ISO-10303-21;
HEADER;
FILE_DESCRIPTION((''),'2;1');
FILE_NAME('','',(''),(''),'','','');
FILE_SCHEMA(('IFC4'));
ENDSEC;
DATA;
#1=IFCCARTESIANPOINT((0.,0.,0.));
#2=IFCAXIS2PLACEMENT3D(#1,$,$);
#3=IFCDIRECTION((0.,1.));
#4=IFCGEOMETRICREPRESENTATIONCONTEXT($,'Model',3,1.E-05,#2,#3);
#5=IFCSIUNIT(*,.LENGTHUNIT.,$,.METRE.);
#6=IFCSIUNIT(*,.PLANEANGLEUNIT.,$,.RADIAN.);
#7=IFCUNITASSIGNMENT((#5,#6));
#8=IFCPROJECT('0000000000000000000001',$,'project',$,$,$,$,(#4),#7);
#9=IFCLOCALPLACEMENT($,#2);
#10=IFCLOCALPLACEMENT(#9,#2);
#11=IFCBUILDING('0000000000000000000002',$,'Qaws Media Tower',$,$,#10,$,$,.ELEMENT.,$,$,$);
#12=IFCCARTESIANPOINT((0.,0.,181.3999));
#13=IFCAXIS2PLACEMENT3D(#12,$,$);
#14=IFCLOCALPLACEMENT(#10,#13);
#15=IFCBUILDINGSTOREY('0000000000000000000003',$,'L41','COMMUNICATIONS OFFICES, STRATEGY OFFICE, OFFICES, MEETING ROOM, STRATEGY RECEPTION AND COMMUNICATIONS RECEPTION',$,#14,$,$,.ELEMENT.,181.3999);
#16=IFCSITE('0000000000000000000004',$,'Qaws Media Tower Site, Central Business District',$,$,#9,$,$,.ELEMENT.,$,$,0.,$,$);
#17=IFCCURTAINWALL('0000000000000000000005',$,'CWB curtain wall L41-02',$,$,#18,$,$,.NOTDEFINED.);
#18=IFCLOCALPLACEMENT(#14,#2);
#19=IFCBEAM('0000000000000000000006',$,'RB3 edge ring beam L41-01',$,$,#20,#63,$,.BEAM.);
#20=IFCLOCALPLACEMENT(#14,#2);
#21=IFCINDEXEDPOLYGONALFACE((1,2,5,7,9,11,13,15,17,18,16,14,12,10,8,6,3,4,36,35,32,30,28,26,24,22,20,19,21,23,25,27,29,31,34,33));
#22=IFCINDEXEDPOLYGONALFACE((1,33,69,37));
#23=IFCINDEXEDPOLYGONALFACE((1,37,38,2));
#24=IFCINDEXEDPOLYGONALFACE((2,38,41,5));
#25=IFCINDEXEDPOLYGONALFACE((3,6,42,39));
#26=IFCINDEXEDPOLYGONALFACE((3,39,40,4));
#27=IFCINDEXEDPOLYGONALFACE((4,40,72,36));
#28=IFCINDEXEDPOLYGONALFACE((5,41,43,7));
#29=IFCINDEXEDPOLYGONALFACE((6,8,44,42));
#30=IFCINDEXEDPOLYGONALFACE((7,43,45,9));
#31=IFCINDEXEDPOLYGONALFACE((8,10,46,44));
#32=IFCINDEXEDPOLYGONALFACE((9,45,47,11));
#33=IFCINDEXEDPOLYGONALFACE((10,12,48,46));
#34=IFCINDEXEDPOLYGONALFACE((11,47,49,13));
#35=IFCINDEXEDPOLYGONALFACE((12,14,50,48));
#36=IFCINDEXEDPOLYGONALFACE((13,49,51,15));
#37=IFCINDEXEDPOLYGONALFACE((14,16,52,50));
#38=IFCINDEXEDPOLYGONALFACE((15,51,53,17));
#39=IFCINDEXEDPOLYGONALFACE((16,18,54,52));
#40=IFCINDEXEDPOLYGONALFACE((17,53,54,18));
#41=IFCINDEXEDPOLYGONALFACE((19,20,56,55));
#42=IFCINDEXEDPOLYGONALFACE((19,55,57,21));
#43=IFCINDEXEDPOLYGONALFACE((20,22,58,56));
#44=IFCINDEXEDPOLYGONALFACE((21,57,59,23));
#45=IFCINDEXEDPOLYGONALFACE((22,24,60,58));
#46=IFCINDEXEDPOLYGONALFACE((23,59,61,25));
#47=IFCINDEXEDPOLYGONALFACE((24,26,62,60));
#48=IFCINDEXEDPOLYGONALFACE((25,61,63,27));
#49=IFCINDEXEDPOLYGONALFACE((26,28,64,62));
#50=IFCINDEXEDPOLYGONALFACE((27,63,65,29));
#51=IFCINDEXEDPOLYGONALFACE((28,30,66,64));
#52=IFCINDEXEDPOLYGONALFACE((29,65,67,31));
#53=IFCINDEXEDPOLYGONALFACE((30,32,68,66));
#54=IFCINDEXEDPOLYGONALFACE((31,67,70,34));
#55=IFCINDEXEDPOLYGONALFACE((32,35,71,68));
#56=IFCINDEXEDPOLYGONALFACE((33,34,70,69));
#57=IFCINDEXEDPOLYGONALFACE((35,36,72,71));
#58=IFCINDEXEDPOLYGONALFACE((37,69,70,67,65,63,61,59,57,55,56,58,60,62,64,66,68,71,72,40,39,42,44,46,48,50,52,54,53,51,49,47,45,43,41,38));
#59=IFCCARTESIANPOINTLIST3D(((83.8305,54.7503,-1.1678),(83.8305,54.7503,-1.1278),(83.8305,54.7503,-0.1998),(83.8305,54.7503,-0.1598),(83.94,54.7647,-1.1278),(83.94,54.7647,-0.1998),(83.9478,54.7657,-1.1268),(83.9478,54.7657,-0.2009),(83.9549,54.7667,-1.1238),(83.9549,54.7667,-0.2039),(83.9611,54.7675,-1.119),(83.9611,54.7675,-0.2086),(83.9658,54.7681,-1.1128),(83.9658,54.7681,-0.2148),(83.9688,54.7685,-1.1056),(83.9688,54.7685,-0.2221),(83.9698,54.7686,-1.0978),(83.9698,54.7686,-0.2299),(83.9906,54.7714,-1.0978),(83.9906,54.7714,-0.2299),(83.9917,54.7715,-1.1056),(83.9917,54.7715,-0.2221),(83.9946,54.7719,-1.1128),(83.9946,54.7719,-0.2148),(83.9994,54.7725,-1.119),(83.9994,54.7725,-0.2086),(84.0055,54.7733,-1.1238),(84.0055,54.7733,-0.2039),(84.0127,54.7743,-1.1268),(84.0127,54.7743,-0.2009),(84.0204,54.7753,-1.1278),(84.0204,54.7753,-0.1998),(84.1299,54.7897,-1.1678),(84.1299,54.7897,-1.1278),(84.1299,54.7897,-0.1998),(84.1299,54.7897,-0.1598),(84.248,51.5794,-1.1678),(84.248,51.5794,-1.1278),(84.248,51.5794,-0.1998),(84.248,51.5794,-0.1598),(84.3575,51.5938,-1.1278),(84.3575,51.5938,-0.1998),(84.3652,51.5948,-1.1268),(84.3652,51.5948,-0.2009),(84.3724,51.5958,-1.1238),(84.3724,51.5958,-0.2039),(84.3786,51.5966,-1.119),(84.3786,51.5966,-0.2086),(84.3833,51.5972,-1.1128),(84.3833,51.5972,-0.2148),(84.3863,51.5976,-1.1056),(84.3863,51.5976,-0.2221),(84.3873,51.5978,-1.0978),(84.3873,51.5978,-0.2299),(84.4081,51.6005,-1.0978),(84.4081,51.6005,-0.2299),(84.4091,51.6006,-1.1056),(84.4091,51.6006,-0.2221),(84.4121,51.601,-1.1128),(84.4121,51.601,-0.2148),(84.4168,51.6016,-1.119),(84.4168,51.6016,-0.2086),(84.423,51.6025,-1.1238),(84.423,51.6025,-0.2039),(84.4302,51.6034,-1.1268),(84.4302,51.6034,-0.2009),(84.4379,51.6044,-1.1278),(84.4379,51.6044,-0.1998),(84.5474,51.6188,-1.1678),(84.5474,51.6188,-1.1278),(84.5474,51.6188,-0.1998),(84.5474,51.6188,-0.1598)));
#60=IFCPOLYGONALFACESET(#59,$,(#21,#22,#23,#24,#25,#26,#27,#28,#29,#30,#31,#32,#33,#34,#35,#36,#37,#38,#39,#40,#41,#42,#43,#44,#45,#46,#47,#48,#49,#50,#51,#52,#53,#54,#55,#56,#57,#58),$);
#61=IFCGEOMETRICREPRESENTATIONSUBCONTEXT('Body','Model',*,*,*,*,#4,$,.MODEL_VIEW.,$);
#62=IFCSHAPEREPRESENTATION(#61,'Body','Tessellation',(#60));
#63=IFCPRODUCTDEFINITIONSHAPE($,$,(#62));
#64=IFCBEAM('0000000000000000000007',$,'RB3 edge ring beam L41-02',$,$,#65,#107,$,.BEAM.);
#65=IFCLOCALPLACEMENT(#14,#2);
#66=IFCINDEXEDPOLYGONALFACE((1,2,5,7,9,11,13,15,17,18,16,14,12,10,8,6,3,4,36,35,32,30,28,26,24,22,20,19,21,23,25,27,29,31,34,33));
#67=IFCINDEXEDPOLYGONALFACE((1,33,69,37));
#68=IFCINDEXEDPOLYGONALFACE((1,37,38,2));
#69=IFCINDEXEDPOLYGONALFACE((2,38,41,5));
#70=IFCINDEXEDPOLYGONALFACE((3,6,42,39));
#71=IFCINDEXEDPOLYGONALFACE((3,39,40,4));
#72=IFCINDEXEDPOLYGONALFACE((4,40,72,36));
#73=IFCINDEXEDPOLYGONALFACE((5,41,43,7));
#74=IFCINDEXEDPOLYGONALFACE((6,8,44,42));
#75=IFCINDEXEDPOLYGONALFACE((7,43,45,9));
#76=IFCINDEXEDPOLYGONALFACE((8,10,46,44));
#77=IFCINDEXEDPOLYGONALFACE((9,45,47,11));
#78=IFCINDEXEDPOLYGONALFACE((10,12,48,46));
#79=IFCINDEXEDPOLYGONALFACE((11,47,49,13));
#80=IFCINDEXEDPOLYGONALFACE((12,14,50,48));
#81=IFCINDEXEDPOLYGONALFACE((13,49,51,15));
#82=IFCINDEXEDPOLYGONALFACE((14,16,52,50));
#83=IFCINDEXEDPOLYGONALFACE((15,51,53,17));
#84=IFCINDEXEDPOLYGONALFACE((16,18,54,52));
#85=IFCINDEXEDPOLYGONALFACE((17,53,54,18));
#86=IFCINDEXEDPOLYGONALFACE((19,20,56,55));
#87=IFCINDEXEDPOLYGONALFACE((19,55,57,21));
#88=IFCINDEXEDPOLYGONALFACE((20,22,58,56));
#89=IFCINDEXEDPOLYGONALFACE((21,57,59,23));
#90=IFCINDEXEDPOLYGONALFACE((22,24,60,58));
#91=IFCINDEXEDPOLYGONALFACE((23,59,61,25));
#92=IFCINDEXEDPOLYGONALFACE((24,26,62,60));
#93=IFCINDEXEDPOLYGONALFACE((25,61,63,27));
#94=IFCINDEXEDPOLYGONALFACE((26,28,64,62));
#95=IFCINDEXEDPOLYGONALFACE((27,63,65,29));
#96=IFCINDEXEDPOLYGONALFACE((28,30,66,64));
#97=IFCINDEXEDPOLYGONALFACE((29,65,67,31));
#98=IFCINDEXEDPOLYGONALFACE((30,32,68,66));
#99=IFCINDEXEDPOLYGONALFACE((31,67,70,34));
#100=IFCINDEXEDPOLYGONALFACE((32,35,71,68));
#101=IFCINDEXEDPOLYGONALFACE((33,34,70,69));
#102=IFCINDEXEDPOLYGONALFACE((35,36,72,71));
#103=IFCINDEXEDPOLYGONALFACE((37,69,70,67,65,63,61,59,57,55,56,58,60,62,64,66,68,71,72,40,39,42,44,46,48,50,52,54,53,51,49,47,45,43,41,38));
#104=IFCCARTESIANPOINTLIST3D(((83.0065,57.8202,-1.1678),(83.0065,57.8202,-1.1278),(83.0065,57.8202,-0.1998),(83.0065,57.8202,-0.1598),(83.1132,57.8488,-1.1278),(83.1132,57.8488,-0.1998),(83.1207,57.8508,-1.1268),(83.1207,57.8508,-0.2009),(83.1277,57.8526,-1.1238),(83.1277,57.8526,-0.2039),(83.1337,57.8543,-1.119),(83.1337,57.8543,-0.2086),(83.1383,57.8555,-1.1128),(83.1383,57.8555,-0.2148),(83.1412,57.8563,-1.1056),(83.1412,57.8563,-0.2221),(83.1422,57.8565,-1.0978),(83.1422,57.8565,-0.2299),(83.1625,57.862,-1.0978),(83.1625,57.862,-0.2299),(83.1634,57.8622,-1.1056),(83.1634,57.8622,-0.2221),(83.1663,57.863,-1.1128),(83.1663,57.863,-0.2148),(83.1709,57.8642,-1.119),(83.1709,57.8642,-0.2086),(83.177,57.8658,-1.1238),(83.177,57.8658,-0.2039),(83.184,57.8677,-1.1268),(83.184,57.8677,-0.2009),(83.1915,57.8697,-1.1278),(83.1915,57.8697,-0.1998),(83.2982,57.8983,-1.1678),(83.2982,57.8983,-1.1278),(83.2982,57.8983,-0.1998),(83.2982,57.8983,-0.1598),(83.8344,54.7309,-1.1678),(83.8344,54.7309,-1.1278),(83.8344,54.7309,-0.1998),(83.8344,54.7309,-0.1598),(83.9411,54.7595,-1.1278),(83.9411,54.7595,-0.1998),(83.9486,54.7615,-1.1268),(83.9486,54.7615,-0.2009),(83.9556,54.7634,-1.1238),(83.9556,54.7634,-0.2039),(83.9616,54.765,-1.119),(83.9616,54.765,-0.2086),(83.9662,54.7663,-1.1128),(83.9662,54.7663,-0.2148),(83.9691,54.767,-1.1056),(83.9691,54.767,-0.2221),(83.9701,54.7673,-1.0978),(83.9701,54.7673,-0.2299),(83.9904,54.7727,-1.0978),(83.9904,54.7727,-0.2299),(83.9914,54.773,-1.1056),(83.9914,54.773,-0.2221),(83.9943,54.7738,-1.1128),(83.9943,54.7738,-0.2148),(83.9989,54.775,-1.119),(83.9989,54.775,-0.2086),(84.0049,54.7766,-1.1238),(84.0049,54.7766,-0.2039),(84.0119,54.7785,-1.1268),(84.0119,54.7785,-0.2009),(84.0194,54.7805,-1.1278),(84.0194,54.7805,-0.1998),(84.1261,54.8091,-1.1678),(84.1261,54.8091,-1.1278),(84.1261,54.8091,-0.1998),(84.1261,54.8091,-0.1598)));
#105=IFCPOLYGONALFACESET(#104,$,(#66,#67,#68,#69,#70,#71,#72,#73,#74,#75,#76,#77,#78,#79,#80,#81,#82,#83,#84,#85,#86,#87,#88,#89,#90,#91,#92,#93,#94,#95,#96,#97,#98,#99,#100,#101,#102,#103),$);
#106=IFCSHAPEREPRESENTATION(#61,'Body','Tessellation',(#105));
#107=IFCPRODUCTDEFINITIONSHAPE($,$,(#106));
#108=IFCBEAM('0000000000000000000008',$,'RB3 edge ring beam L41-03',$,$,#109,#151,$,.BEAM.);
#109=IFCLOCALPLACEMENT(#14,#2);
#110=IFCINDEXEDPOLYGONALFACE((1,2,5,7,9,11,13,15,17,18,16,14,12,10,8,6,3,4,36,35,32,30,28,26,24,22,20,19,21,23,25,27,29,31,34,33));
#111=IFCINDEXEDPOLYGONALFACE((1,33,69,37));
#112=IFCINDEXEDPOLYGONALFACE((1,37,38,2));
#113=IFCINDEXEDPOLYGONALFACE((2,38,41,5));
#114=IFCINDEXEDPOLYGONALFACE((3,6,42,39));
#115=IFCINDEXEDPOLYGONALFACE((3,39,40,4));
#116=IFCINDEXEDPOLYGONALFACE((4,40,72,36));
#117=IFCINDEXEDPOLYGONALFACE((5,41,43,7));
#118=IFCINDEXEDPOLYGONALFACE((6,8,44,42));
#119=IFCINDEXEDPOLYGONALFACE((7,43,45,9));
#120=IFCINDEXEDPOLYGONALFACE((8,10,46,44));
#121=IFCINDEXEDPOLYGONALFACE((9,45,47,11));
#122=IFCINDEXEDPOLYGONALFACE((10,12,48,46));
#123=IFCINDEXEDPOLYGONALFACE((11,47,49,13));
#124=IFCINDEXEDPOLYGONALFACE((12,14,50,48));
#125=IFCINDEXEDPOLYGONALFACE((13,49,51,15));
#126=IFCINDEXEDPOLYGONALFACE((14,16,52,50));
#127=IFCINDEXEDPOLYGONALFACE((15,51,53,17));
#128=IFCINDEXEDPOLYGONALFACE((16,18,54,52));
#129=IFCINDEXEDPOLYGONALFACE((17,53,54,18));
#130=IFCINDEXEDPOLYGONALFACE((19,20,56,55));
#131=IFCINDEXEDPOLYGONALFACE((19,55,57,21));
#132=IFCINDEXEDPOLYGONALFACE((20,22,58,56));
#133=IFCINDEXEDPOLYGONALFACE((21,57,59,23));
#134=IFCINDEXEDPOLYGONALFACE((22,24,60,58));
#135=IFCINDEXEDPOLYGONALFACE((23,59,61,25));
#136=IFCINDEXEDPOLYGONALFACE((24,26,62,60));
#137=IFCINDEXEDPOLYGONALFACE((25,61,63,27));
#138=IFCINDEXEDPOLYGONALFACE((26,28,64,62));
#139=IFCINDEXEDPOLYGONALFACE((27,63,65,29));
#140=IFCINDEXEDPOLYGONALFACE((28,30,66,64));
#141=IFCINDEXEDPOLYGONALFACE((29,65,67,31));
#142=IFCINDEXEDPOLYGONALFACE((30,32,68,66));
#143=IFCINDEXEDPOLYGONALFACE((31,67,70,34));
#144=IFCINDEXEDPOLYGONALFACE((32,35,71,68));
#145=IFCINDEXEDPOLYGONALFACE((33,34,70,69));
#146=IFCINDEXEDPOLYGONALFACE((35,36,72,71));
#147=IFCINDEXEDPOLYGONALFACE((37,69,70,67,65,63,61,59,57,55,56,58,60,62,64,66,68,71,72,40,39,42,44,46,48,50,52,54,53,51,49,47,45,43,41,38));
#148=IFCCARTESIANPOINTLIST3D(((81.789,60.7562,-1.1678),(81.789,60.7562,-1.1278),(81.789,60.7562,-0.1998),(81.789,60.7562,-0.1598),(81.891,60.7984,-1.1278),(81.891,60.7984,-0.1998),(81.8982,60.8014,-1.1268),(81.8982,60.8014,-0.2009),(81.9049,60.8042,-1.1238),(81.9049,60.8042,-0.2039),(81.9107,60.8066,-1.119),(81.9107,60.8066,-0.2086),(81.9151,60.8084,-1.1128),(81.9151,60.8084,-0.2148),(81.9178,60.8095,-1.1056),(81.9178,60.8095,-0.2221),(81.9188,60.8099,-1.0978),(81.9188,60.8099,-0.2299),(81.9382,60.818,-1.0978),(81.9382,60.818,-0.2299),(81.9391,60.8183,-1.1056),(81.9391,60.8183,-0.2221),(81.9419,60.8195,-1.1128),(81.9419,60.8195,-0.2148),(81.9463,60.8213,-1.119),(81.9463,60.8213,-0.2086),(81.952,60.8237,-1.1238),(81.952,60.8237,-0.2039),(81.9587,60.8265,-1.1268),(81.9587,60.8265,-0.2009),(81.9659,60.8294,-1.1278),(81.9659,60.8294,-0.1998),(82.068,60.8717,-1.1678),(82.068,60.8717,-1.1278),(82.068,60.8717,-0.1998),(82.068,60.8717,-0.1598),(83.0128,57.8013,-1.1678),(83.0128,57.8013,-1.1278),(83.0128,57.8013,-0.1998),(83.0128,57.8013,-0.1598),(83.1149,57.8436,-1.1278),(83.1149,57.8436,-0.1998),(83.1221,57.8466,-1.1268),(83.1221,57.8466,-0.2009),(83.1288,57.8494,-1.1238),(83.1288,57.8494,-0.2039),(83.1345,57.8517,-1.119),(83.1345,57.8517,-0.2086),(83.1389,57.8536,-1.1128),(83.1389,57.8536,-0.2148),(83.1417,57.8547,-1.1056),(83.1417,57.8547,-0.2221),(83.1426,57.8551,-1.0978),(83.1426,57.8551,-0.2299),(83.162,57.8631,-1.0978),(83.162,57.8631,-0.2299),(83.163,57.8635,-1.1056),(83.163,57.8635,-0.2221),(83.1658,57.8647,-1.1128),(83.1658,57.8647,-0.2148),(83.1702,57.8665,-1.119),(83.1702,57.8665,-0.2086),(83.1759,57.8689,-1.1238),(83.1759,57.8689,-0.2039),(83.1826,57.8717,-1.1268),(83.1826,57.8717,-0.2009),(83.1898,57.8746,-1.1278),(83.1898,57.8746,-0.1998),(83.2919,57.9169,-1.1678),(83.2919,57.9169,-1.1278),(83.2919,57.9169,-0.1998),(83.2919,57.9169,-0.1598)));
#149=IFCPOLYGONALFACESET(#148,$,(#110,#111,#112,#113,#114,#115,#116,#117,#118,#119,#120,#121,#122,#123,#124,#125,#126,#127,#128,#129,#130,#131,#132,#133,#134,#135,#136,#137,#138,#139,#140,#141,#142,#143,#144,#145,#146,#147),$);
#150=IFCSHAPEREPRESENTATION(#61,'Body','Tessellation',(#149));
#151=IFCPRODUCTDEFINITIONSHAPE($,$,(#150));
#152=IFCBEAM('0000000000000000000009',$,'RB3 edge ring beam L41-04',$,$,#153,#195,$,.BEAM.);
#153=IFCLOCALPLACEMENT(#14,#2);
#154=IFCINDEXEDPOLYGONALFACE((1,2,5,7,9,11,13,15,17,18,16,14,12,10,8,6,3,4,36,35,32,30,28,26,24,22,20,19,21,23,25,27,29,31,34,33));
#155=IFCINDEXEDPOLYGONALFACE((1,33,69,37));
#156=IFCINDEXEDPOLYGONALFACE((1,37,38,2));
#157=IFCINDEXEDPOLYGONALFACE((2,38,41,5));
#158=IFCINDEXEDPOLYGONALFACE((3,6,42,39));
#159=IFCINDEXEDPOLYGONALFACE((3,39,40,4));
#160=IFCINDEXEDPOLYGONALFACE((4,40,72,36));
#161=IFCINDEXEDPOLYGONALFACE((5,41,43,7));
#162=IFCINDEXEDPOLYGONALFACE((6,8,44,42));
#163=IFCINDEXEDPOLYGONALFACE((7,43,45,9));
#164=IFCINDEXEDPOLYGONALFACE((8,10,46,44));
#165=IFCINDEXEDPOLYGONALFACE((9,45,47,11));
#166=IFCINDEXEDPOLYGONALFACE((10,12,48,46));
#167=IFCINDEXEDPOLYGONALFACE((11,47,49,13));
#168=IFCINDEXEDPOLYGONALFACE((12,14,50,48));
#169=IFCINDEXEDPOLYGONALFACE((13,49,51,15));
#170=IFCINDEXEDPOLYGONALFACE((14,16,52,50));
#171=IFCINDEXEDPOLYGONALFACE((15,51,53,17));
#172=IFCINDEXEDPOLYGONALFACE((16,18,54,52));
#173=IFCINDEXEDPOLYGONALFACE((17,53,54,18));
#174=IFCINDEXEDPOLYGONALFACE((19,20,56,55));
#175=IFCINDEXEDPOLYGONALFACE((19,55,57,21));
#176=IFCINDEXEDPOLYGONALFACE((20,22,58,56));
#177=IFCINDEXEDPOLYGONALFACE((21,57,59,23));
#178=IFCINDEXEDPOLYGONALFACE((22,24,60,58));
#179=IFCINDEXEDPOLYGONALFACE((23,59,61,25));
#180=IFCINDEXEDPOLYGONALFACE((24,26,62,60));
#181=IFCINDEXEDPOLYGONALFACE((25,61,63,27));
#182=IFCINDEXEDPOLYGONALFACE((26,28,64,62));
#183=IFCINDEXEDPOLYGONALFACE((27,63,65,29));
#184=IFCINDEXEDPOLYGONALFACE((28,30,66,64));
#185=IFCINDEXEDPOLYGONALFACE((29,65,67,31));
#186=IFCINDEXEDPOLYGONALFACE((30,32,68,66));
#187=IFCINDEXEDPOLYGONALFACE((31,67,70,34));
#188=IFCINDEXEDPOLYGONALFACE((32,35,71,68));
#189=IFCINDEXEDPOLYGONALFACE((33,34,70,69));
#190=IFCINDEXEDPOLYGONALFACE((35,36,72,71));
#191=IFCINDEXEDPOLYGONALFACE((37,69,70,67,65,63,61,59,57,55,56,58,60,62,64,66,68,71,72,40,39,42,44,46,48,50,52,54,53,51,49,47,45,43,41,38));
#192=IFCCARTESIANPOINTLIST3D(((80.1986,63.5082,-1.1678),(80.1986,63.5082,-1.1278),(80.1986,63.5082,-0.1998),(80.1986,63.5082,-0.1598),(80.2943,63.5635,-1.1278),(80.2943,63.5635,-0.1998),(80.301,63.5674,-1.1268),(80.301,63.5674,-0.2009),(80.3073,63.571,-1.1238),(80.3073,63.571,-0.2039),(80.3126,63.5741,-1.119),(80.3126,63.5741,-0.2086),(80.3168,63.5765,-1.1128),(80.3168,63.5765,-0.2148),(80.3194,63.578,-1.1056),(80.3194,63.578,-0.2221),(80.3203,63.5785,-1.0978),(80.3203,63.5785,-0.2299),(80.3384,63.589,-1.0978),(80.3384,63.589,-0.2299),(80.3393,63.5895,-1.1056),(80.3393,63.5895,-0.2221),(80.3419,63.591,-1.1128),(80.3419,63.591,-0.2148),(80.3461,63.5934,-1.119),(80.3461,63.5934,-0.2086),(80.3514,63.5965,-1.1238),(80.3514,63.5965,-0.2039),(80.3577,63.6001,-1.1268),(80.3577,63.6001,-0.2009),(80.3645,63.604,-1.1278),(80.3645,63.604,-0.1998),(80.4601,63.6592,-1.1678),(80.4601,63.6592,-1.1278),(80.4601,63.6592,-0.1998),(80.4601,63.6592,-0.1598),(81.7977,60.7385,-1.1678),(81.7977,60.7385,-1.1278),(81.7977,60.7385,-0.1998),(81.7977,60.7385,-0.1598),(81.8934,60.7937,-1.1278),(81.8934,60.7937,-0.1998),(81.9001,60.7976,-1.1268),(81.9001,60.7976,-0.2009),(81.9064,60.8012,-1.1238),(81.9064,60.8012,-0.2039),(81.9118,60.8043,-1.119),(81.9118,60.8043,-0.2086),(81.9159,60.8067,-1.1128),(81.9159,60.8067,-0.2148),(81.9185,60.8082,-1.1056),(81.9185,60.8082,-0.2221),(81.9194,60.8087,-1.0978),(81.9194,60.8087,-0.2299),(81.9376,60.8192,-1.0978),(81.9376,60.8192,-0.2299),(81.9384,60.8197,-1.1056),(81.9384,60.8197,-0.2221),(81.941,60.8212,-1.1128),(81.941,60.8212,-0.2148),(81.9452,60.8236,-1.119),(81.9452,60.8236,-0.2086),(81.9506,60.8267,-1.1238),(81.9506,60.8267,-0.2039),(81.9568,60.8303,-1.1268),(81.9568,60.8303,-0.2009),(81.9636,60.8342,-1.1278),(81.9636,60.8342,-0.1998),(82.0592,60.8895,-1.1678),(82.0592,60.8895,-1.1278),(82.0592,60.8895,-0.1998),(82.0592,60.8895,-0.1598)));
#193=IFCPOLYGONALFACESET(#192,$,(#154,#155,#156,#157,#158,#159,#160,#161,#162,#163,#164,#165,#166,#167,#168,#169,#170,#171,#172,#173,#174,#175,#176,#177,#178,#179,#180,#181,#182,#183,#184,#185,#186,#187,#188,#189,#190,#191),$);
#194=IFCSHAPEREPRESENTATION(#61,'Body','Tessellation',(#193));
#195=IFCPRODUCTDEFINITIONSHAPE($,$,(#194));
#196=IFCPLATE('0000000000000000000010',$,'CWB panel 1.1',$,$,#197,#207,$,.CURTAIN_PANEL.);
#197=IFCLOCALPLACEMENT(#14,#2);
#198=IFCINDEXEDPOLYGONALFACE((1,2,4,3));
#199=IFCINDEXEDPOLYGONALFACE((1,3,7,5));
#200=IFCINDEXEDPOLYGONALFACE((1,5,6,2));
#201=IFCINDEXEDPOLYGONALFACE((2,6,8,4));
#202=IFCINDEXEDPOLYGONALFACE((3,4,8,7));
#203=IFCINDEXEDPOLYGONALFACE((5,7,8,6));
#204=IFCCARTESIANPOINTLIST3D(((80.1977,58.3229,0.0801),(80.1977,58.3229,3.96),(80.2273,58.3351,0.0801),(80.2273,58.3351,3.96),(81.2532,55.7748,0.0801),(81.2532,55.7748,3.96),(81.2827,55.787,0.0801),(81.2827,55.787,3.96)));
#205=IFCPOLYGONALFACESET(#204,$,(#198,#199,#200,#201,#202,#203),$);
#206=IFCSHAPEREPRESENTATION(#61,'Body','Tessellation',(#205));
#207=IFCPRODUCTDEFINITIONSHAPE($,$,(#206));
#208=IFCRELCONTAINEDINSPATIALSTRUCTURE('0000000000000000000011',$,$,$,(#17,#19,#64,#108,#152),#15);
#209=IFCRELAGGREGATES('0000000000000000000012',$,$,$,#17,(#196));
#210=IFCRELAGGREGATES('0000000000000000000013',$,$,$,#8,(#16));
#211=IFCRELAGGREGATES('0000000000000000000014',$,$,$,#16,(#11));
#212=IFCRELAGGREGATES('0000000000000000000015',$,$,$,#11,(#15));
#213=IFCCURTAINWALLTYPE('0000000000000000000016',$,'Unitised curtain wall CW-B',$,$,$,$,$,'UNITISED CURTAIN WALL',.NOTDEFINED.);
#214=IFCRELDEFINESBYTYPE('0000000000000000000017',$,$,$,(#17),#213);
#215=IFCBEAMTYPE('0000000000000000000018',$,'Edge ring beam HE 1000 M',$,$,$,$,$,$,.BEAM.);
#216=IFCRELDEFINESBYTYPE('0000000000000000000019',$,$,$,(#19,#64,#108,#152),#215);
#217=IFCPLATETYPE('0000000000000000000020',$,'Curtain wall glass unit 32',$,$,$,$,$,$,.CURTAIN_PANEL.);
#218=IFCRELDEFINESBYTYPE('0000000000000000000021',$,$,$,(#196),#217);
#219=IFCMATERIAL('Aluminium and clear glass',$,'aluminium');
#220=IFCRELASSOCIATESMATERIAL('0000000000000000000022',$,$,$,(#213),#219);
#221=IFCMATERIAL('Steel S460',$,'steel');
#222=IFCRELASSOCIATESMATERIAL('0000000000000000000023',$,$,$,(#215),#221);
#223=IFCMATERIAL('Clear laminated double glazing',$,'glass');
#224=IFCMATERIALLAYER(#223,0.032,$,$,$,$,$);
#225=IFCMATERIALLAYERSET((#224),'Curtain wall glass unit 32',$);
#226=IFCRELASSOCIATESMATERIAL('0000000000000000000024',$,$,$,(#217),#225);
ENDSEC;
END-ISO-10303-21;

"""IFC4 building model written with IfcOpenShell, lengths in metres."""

from ifc_helpers import new_model, si_unit, direction, frame, origin, origin_2d, place, context, subcontext, project, spatial, rectangle, i_section, extrude, material, layer, layer_set, material_profile, profile_set, type_object, element, aggregate, save


model = new_model("IFC4")

# Units and contexts
model_context = context("Model", 3, precision=1e-05, world=origin(), true_north=direction((0.0, 1.0)))
body_context = subcontext(model_context, "Body", "Model", "MODEL_VIEW")
ifc_project = project(units=[si_unit("LENGTHUNIT", "METRE"), si_unit("PLANEANGLEUNIT", "RADIAN")], contexts=[model_context])

# Site, building, storey
site_placement = place(None, origin())
site = spatial("IfcSite", under=ifc_project, at=site_placement, Name="Qaws Media Tower Site, Central Business District", CompositionType="ELEMENT", RefElevation=0.0)
building_placement = place(site_placement, origin())
building = spatial("IfcBuilding", under=site, at=building_placement, Name="Qaws Media Tower", CompositionType="ELEMENT")
storey_placement = place(building_placement, frame((0.0, 0.0, 181.3999)))
storey = spatial("IfcBuildingStorey", under=building, at=storey_placement, Name="L41", Description="COMMUNICATIONS OFFICES, STRATEGY OFFICE, OFFICES, MEETING ROOM, STRATEGY RECEPTION AND COMMUNICATIONS RECEPTION", CompositionType="ELEMENT", Elevation=181.3999)

# Curtain wall
ifc_material_1 = material(Name="Aluminium and clear glass", Category="aluminium")
curtain_wall_type = type_object("IfcCurtainWallType", Name="Unitised curtain wall CW-B", ElementType="UNITISED CURTAIN WALL", PredefinedType="NOTDEFINED", material=ifc_material_1)
curtain_wall_1_placement = place(storey_placement, origin())
curtain_wall_1 = element("IfcCurtainWall", 1, at=curtain_wall_1_placement, inside=storey, type_object=curtain_wall_type, Name="CWB curtain wall L41-02", PredefinedType="NOTDEFINED")

# Beams
ifc_material_2 = material(Name="Steel S460", Category="steel")
ifc_material_profile_1 = material_profile(ifc_material_2, i_section(OverallWidth=0.302, OverallDepth=1.0081, WebThickness=0.021, FlangeThickness=0.04, FilletRadius=0.03, at=origin_2d()), Name="HE 1000 M")
ifc_profile_set_1 = profile_set([ifc_material_profile_1], Name="Steel S460")
beam_type = type_object("IfcBeamType", Name="Edge ring beam HE 1000 M", PredefinedType="BEAM", material=ifc_profile_set_1)
for number, where, z_axis, x_axis, name in (
    (2, (84.3977, 51.5991, -0.6638), (-0.130533, 0.991444, 0.0), (-0.991444, -0.130533, 0.0), "RB3 edge ring beam L41-01"),
    (3, (83.9802, 54.77, -0.6638), (-0.258865, 0.965914, 0.0), (-0.965914, -0.258865, 0.0), "RB3 edge ring beam L41-02"),
    (4, (83.1523, 57.8591, -0.6638), (-0.382669, 0.923886, 0.0), (-0.923886, -0.382669, 0.0), "RB3 edge ring beam L41-03"),
    (5, (81.9285, 60.814, -0.6638), (-0.499998, 0.866027, 0.0), (-0.866027, -0.499998, 0.0), "RB3 edge ring beam L41-04"),
):
    element("IfcBeam", number, at=place(storey_placement, frame(where, z_axis=z_axis, x_axis=x_axis)), inside=storey, type_object=beam_type, Name=name, PredefinedType="BEAM", context=body_context, shape_type="SweptSolid", body=[
        extrude(i_section(OverallWidth=0.302, OverallDepth=1.0081, WebThickness=0.021, FlangeThickness=0.04, FilletRadius=0.03, at=origin_2d()), origin(), (0.0, 0.0, 1.0), 3.1982),
    ])

# Plate
ifc_material_3 = material(Name="Clear laminated double glazing", Category="glass")
ifc_layer_1 = layer(ifc_material_3, 0.032)
ifc_layer_set_1 = layer_set([ifc_layer_1], Name="Curtain wall glass unit 32")
plate_type_1 = type_object("IfcPlateType", Name="Curtain wall glass unit 32", PredefinedType="CURTAIN_PANEL", material=ifc_layer_set_1)
plate_1_placement = place(storey_placement, frame((80.7402, 57.0549, 0.0801), z_axis=(0.0, 0.0, 1.0), x_axis=(-0.382683, 0.92388, 0.0)))
plate_1 = element("IfcPlate", 6, at=plate_1_placement, type_object=plate_type_1, Name="CWB panel 1.1", PredefinedType="CURTAIN_PANEL", context=body_context, shape_type="SweptSolid", body=[
    extrude(rectangle(XDim=2.7581, YDim=0.032, at=origin_2d()), origin(), (0.0, 0.0, 1.0), 3.8799),
])
aggregate(curtain_wall_1, [plate_1])

save(model, "model.ifc")
